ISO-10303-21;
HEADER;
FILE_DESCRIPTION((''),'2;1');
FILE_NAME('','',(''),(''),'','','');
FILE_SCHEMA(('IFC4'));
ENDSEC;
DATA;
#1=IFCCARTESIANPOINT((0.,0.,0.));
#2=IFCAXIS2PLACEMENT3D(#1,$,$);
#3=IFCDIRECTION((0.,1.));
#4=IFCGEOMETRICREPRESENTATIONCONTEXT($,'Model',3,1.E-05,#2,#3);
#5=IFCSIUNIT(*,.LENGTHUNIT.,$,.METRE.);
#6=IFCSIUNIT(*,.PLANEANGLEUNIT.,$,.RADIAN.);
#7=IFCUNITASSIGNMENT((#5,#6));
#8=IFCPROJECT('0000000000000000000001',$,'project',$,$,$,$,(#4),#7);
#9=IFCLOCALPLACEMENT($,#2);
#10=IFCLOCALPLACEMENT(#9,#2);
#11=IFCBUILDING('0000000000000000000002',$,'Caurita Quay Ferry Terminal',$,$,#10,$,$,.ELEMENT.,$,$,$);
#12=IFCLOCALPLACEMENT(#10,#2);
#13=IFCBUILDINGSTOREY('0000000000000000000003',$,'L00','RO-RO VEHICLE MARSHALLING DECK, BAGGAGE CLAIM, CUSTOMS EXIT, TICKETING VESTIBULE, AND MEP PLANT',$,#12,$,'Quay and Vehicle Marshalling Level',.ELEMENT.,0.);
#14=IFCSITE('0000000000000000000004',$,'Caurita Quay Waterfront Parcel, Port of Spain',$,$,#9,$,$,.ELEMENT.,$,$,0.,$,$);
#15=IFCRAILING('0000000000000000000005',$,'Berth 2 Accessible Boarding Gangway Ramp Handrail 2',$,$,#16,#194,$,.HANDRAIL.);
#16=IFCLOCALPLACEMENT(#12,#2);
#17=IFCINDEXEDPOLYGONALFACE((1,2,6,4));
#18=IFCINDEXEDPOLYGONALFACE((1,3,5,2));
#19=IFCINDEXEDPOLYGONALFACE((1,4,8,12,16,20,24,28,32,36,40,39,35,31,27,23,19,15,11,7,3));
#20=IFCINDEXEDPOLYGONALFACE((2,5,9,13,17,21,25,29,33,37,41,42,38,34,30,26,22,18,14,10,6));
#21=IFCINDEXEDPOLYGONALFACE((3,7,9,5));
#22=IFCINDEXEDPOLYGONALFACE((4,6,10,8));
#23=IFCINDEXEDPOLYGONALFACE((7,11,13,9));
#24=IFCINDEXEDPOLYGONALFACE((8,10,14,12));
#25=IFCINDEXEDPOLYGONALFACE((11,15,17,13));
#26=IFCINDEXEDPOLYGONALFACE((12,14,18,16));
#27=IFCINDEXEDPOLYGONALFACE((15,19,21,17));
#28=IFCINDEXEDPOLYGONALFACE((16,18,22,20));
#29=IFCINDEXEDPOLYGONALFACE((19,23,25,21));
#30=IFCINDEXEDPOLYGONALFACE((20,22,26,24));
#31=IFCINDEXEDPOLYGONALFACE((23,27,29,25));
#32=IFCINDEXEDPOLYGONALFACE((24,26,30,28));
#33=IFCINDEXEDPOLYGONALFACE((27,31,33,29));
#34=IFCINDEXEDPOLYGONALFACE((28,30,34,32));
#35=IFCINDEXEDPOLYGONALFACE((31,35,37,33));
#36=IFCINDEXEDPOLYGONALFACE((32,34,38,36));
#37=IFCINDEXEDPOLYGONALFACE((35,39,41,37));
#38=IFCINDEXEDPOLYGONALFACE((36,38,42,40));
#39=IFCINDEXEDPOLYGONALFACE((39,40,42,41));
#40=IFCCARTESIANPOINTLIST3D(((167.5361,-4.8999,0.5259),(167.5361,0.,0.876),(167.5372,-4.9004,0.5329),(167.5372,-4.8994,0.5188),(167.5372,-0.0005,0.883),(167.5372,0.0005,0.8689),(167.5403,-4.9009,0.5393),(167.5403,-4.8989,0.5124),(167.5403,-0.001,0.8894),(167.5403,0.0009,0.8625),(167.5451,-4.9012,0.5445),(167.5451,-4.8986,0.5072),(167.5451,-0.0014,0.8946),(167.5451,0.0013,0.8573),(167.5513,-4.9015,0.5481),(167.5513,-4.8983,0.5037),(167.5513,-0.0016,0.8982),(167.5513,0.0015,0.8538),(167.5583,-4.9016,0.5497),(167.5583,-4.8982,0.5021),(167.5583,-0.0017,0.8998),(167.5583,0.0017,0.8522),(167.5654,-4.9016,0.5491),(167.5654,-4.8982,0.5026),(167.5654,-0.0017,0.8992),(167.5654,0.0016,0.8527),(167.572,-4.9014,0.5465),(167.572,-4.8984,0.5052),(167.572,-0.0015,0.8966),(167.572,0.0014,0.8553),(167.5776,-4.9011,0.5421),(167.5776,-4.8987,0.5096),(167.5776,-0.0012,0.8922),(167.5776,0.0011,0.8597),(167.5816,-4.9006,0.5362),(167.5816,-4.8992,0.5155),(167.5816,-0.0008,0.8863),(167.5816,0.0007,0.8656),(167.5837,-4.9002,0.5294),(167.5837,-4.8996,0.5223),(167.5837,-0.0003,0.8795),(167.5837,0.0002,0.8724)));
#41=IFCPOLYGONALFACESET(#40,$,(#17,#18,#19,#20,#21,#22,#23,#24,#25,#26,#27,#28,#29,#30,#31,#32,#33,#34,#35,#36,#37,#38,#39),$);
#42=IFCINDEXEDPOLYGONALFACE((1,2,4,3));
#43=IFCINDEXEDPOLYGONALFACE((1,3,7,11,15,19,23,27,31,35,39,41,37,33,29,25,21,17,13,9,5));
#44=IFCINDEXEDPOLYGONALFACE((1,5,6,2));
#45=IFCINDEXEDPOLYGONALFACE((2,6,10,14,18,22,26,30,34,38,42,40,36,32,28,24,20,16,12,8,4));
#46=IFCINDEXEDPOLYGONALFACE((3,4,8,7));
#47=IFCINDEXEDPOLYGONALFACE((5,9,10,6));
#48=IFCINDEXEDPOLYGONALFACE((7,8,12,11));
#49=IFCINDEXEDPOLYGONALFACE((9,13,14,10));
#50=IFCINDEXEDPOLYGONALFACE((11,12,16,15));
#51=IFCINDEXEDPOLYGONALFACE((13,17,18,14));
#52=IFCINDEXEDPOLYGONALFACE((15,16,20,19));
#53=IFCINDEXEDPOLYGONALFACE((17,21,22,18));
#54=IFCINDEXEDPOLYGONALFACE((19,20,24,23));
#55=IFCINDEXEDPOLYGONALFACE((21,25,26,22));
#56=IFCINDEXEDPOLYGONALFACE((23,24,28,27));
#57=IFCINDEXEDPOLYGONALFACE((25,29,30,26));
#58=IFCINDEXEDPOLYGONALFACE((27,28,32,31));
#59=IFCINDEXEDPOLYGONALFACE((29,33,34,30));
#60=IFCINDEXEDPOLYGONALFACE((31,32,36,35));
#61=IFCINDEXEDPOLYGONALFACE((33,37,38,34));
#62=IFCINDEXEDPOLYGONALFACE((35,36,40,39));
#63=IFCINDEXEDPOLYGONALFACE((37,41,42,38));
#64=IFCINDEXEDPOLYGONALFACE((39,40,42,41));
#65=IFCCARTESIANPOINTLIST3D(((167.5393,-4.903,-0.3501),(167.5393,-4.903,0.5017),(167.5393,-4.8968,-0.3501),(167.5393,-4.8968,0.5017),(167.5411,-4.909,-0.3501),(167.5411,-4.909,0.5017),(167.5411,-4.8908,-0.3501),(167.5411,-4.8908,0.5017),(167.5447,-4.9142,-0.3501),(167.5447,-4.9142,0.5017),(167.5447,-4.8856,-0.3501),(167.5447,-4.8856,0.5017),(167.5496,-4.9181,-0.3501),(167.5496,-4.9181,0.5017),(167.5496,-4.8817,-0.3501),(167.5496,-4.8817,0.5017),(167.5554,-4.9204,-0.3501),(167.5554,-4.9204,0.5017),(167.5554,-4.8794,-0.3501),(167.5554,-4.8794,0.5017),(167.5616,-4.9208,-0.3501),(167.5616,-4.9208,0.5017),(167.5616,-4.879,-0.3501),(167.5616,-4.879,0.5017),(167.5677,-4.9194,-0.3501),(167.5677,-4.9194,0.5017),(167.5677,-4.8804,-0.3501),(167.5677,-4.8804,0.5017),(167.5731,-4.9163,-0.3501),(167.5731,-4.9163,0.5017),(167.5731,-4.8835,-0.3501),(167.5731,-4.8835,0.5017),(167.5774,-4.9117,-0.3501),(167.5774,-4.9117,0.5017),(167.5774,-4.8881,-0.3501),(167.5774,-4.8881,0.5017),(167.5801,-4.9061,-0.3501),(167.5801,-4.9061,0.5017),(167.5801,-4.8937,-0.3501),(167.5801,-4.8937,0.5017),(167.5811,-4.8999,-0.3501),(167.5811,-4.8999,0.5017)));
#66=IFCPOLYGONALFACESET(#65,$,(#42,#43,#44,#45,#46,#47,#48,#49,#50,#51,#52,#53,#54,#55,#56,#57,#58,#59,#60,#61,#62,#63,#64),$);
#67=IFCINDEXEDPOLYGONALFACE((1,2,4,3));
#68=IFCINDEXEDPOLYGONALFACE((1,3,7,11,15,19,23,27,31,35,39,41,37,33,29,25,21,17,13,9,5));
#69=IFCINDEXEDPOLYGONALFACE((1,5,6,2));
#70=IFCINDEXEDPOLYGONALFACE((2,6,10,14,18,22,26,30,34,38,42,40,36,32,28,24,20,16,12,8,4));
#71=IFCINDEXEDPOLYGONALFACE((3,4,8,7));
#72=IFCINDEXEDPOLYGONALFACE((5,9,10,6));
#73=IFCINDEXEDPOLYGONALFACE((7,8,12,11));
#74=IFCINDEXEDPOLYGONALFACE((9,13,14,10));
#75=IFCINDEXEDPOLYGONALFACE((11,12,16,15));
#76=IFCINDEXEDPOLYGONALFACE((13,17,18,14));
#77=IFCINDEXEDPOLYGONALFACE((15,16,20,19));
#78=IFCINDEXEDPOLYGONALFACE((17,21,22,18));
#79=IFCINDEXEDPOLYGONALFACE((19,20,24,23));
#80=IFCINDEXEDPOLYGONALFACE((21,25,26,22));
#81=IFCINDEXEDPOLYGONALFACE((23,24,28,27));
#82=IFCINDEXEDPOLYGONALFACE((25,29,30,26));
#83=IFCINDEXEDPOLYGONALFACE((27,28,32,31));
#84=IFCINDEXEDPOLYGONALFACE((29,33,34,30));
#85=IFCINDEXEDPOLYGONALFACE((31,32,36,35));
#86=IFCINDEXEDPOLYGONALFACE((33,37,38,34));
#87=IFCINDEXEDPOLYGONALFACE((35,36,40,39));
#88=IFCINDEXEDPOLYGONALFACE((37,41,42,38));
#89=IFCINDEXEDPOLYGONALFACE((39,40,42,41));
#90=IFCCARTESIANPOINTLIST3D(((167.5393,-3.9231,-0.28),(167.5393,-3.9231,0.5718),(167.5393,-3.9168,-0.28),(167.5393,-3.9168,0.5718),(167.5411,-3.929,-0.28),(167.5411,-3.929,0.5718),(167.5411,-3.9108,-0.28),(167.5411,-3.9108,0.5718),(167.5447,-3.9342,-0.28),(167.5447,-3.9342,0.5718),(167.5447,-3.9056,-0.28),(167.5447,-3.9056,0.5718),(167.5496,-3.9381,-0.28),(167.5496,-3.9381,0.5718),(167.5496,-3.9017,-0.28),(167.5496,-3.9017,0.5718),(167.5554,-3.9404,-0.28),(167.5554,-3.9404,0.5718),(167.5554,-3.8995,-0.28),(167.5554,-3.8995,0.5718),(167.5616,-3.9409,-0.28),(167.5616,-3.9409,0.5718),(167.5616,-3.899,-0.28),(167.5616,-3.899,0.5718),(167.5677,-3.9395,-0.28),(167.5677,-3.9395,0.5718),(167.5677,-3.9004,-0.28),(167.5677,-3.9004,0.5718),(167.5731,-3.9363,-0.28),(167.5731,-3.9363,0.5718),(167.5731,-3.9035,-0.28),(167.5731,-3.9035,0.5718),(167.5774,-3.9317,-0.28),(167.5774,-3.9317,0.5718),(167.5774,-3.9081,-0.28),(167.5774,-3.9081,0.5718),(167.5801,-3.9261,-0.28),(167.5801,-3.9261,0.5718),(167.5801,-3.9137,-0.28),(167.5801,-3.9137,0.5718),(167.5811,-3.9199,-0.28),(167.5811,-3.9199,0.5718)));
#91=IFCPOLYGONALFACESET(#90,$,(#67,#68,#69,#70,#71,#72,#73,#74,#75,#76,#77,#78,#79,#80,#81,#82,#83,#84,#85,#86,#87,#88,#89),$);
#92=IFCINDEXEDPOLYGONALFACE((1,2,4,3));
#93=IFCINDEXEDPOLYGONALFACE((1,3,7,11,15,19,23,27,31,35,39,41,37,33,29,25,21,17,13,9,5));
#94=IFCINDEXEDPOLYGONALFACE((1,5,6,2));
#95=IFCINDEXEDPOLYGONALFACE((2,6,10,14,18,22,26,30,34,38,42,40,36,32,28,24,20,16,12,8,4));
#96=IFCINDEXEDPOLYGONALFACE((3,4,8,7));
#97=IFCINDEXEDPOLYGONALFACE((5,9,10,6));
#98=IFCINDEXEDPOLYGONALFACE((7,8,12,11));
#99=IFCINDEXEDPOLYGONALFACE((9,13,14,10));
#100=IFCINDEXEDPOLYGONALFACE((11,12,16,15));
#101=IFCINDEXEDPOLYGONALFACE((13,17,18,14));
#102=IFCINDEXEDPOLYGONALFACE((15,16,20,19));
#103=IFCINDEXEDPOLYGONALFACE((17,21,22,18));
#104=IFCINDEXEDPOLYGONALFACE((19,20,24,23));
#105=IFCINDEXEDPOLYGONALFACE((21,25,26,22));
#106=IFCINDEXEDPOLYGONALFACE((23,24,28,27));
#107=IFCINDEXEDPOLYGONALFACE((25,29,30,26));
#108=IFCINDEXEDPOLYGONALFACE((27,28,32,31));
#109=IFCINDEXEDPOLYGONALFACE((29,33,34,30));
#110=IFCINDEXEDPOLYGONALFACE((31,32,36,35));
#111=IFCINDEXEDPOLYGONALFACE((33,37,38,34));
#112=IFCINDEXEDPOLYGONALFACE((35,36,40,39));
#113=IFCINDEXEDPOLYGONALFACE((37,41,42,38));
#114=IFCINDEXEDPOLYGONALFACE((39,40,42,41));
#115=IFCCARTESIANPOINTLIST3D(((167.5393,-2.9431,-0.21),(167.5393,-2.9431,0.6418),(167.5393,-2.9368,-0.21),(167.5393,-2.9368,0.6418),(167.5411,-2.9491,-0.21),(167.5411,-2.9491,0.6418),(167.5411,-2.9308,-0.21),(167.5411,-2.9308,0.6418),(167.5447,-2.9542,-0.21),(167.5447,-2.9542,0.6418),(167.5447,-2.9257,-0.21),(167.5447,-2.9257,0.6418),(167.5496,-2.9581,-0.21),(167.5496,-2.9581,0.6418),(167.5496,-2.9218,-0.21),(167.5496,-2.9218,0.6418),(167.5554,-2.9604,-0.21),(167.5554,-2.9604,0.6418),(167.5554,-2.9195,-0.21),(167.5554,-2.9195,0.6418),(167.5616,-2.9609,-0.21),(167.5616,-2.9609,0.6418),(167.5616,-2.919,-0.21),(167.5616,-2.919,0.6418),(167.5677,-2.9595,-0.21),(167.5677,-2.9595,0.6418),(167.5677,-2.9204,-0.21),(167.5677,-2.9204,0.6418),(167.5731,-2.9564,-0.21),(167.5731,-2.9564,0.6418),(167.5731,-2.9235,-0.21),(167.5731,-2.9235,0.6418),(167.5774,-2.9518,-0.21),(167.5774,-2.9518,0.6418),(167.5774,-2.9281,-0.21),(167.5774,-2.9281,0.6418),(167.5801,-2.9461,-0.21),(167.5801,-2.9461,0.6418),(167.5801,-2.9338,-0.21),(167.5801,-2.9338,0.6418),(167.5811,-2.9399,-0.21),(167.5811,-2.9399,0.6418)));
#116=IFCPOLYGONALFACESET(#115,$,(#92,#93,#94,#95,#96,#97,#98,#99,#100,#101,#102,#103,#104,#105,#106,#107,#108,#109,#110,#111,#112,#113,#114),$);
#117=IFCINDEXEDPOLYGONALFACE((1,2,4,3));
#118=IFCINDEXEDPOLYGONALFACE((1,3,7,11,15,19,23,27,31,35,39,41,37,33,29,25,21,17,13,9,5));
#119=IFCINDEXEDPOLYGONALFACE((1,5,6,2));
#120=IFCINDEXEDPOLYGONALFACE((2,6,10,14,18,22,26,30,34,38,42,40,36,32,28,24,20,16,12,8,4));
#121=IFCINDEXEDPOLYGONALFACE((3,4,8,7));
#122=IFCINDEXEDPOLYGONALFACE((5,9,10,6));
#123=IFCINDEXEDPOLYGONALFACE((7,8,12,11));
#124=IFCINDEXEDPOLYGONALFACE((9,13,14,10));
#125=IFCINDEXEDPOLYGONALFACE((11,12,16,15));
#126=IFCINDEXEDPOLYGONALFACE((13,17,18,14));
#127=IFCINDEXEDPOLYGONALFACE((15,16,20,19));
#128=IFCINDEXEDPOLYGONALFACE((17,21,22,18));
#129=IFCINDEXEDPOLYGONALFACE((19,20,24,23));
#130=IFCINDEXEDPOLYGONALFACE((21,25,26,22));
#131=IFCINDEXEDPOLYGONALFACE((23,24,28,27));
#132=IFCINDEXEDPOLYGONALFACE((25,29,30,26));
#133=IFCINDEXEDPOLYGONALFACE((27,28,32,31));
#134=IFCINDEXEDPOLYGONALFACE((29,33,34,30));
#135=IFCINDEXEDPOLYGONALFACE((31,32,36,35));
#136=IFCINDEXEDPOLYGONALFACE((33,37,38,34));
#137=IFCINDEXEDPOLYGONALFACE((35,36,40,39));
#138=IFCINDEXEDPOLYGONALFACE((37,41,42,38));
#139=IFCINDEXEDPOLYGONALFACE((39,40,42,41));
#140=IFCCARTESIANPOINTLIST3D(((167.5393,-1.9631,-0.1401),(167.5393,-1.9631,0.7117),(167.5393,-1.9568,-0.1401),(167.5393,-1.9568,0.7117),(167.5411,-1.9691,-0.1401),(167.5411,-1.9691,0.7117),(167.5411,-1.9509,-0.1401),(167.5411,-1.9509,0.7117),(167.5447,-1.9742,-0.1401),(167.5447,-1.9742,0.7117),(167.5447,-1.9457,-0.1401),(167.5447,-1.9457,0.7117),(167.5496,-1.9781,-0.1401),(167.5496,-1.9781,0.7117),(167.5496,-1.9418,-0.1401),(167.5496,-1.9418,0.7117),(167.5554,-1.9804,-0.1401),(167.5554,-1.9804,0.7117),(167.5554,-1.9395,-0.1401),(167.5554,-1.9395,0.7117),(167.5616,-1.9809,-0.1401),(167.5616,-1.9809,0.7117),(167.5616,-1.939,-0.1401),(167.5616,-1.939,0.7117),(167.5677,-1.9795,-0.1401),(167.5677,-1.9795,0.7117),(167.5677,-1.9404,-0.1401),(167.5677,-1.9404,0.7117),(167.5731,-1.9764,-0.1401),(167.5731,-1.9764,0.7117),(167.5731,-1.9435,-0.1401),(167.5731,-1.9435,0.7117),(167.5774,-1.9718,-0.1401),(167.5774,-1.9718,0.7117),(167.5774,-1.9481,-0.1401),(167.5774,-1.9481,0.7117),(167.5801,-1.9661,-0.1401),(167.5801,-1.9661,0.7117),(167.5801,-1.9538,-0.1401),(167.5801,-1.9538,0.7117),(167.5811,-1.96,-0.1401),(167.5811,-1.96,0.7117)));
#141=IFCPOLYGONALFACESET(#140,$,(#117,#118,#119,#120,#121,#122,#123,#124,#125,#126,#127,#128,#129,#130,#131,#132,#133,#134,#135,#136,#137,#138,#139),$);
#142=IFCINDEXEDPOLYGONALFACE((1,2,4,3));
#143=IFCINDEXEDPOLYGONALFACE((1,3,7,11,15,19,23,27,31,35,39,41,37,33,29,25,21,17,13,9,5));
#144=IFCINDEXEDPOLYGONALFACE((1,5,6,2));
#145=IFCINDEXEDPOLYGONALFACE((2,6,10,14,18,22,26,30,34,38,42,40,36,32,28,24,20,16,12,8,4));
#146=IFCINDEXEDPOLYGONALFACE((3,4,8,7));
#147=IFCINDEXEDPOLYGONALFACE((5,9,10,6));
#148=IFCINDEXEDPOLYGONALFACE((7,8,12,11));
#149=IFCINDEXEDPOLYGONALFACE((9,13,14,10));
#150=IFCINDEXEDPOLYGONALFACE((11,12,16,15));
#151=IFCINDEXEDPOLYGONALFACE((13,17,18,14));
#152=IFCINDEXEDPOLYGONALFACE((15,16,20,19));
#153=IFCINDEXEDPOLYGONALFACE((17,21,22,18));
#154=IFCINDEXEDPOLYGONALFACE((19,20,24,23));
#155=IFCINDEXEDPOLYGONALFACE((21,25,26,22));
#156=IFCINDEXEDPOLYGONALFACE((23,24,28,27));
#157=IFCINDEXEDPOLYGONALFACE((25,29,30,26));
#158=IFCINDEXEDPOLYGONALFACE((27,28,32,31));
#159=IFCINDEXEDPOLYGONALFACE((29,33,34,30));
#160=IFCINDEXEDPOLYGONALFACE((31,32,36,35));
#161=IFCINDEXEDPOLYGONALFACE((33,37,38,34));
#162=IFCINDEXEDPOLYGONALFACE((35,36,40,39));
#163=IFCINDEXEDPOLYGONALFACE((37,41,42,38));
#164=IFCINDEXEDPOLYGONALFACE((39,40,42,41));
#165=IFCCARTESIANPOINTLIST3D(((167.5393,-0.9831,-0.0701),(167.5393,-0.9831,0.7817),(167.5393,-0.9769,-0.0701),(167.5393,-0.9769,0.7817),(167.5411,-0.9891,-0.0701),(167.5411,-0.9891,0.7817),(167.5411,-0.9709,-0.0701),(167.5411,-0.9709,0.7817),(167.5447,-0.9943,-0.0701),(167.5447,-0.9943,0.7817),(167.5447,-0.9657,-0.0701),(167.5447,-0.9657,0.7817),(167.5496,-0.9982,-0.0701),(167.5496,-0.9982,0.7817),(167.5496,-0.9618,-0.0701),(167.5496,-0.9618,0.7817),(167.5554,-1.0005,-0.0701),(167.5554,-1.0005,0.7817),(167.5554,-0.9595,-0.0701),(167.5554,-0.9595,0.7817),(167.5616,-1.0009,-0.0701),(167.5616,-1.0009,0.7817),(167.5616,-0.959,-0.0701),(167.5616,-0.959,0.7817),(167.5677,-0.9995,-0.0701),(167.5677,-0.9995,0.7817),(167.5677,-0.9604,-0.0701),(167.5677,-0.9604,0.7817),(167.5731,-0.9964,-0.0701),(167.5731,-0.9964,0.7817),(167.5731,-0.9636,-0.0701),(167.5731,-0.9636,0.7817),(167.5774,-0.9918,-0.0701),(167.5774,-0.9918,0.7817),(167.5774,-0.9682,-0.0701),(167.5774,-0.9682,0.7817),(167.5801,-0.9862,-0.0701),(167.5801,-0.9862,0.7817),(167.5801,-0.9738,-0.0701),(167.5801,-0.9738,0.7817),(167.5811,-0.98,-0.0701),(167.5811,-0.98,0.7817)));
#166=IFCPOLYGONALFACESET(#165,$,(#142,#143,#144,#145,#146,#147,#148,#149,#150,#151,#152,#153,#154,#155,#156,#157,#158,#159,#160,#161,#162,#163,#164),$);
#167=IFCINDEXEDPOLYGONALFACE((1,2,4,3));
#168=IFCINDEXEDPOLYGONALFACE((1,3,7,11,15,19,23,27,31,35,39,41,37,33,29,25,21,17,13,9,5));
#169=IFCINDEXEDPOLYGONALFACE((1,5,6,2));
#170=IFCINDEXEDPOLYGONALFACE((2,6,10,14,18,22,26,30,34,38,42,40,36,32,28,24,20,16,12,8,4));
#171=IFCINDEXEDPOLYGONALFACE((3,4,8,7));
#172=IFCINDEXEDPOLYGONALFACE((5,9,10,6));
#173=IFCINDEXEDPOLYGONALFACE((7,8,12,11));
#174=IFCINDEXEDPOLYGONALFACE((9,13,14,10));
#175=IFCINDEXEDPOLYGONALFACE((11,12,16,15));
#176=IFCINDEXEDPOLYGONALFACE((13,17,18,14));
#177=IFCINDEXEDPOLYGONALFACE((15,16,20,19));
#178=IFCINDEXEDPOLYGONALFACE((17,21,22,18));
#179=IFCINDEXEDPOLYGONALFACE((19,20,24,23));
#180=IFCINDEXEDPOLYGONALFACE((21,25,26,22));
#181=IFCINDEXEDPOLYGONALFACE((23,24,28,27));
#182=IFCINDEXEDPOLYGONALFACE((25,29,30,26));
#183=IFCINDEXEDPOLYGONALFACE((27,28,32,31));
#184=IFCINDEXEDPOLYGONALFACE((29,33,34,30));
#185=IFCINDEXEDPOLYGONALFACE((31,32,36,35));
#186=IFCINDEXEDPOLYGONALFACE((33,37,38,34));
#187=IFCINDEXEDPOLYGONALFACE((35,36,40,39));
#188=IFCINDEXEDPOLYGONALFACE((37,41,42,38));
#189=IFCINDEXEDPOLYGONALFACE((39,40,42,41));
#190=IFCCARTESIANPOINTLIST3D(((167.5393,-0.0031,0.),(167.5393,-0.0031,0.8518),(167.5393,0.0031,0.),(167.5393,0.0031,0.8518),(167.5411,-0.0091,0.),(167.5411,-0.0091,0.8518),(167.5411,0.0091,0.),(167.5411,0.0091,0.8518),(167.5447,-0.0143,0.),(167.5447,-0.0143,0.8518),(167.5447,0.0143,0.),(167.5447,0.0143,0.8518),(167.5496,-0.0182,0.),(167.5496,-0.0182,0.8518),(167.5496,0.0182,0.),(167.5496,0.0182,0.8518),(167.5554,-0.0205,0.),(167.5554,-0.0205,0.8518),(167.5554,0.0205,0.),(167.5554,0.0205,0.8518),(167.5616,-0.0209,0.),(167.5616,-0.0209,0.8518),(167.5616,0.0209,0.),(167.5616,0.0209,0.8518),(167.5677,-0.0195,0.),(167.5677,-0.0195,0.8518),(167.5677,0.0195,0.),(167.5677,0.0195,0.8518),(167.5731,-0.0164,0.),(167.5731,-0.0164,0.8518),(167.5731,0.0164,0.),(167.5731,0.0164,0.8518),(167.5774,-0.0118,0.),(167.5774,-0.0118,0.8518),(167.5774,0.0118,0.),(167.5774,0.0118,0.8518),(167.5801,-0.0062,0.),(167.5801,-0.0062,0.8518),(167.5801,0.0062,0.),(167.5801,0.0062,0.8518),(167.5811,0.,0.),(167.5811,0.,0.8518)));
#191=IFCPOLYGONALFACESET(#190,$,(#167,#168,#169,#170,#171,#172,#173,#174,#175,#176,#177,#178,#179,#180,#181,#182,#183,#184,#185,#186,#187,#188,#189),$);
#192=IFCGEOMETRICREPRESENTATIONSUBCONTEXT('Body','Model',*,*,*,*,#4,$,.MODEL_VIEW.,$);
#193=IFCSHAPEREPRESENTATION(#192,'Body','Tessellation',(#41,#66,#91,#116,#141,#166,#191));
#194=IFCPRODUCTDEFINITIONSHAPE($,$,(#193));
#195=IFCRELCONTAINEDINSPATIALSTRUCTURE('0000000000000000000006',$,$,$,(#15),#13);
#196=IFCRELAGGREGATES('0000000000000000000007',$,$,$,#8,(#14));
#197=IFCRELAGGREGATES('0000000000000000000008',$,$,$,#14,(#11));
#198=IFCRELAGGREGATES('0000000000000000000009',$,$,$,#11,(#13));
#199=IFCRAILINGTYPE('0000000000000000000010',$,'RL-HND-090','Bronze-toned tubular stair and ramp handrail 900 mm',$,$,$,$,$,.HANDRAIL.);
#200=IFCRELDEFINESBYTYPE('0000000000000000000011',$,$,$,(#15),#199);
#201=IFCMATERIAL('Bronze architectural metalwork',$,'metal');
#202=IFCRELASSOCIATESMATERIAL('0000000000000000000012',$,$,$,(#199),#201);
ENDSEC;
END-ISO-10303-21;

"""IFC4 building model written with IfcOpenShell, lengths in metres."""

from ifc_helpers import new_model, si_unit, direction, frame, origin, origin_2d, place, context, subcontext, project, spatial, circle, extrude, material, type_object, element, save


model = new_model("IFC4")

# Units and contexts
model_context = context("Model", 3, precision=1e-05, world=origin(), true_north=direction((0.0, 1.0)))
body_context = subcontext(model_context, "Body", "Model", "MODEL_VIEW")
ifc_project = project(units=[si_unit("LENGTHUNIT", "METRE"), si_unit("PLANEANGLEUNIT", "RADIAN")], contexts=[model_context])

# Site, building, storey
site_placement = place(None, origin())
site = spatial("IfcSite", under=ifc_project, at=site_placement, Name="Caurita Quay Waterfront Parcel, Port of Spain", CompositionType="ELEMENT", RefElevation=0.0)
building_placement = place(site_placement, origin())
building = spatial("IfcBuilding", under=site, at=building_placement, Name="Caurita Quay Ferry Terminal", CompositionType="ELEMENT")
storey_placement = place(building_placement, origin())
storey = spatial("IfcBuildingStorey", under=building, at=storey_placement, Name="L00", Description="RO-RO VEHICLE MARSHALLING DECK, BAGGAGE CLAIM, CUSTOMS EXIT, TICKETING VESTIBULE, AND MEP PLANT", LongName="Quay and Vehicle Marshalling Level", CompositionType="ELEMENT", Elevation=0.0)

# Railing
ifc_material_1 = material(Name="Bronze architectural metalwork", Category="metal")
railing_type_1 = type_object("IfcRailingType", Name="RL-HND-090", Description="Bronze-toned tubular stair and ramp handrail 900 mm", PredefinedType="HANDRAIL", material=ifc_material_1)
for number, where, name in (
    (1, (167.5601, -4.8999, -0.3501), "Berth 2 Accessible Boarding Gangway Ramp Handrail 2"),
):
    element("IfcRailing", number, at=place(storey_placement, frame(where)), inside=storey, type_object=railing_type_1, Name=name, PredefinedType="HANDRAIL", context=body_context, shape_type="SweptSolid", body=[
        extrude(circle(Radius=0.0239, at=origin_2d()), frame((0.0, 0.0, 0.876), z_axis=(0.0, 0.997457, 0.071268), x_axis=(-1.0, 0.0, 0.0)), (0.0, 0.0, 1.0), 4.9124),
        extrude(circle(Radius=0.021, at=origin_2d()), origin(), (0.0, 0.0, 1.0), 0.8518),
        extrude(circle(Radius=0.021, at=origin_2d()), frame((0.0, 0.98, 0.0701)), (0.0, 0.0, 1.0), 0.8518),
        extrude(circle(Radius=0.021, at=origin_2d()), frame((0.0, 1.96, 0.1401)), (0.0, 0.0, 1.0), 0.8518),
        extrude(circle(Radius=0.021, at=origin_2d()), frame((0.0, 2.9399, 0.21)), (0.0, 0.0, 1.0), 0.8518),
        extrude(circle(Radius=0.021, at=origin_2d()), frame((0.0, 3.9199, 0.28)), (0.0, 0.0, 1.0), 0.8518),
        extrude(circle(Radius=0.021, at=origin_2d()), frame((0.0, 4.8999, 0.3501)), (0.0, 0.0, 1.0), 0.8518),
    ])

save(model, "model.ifc")
